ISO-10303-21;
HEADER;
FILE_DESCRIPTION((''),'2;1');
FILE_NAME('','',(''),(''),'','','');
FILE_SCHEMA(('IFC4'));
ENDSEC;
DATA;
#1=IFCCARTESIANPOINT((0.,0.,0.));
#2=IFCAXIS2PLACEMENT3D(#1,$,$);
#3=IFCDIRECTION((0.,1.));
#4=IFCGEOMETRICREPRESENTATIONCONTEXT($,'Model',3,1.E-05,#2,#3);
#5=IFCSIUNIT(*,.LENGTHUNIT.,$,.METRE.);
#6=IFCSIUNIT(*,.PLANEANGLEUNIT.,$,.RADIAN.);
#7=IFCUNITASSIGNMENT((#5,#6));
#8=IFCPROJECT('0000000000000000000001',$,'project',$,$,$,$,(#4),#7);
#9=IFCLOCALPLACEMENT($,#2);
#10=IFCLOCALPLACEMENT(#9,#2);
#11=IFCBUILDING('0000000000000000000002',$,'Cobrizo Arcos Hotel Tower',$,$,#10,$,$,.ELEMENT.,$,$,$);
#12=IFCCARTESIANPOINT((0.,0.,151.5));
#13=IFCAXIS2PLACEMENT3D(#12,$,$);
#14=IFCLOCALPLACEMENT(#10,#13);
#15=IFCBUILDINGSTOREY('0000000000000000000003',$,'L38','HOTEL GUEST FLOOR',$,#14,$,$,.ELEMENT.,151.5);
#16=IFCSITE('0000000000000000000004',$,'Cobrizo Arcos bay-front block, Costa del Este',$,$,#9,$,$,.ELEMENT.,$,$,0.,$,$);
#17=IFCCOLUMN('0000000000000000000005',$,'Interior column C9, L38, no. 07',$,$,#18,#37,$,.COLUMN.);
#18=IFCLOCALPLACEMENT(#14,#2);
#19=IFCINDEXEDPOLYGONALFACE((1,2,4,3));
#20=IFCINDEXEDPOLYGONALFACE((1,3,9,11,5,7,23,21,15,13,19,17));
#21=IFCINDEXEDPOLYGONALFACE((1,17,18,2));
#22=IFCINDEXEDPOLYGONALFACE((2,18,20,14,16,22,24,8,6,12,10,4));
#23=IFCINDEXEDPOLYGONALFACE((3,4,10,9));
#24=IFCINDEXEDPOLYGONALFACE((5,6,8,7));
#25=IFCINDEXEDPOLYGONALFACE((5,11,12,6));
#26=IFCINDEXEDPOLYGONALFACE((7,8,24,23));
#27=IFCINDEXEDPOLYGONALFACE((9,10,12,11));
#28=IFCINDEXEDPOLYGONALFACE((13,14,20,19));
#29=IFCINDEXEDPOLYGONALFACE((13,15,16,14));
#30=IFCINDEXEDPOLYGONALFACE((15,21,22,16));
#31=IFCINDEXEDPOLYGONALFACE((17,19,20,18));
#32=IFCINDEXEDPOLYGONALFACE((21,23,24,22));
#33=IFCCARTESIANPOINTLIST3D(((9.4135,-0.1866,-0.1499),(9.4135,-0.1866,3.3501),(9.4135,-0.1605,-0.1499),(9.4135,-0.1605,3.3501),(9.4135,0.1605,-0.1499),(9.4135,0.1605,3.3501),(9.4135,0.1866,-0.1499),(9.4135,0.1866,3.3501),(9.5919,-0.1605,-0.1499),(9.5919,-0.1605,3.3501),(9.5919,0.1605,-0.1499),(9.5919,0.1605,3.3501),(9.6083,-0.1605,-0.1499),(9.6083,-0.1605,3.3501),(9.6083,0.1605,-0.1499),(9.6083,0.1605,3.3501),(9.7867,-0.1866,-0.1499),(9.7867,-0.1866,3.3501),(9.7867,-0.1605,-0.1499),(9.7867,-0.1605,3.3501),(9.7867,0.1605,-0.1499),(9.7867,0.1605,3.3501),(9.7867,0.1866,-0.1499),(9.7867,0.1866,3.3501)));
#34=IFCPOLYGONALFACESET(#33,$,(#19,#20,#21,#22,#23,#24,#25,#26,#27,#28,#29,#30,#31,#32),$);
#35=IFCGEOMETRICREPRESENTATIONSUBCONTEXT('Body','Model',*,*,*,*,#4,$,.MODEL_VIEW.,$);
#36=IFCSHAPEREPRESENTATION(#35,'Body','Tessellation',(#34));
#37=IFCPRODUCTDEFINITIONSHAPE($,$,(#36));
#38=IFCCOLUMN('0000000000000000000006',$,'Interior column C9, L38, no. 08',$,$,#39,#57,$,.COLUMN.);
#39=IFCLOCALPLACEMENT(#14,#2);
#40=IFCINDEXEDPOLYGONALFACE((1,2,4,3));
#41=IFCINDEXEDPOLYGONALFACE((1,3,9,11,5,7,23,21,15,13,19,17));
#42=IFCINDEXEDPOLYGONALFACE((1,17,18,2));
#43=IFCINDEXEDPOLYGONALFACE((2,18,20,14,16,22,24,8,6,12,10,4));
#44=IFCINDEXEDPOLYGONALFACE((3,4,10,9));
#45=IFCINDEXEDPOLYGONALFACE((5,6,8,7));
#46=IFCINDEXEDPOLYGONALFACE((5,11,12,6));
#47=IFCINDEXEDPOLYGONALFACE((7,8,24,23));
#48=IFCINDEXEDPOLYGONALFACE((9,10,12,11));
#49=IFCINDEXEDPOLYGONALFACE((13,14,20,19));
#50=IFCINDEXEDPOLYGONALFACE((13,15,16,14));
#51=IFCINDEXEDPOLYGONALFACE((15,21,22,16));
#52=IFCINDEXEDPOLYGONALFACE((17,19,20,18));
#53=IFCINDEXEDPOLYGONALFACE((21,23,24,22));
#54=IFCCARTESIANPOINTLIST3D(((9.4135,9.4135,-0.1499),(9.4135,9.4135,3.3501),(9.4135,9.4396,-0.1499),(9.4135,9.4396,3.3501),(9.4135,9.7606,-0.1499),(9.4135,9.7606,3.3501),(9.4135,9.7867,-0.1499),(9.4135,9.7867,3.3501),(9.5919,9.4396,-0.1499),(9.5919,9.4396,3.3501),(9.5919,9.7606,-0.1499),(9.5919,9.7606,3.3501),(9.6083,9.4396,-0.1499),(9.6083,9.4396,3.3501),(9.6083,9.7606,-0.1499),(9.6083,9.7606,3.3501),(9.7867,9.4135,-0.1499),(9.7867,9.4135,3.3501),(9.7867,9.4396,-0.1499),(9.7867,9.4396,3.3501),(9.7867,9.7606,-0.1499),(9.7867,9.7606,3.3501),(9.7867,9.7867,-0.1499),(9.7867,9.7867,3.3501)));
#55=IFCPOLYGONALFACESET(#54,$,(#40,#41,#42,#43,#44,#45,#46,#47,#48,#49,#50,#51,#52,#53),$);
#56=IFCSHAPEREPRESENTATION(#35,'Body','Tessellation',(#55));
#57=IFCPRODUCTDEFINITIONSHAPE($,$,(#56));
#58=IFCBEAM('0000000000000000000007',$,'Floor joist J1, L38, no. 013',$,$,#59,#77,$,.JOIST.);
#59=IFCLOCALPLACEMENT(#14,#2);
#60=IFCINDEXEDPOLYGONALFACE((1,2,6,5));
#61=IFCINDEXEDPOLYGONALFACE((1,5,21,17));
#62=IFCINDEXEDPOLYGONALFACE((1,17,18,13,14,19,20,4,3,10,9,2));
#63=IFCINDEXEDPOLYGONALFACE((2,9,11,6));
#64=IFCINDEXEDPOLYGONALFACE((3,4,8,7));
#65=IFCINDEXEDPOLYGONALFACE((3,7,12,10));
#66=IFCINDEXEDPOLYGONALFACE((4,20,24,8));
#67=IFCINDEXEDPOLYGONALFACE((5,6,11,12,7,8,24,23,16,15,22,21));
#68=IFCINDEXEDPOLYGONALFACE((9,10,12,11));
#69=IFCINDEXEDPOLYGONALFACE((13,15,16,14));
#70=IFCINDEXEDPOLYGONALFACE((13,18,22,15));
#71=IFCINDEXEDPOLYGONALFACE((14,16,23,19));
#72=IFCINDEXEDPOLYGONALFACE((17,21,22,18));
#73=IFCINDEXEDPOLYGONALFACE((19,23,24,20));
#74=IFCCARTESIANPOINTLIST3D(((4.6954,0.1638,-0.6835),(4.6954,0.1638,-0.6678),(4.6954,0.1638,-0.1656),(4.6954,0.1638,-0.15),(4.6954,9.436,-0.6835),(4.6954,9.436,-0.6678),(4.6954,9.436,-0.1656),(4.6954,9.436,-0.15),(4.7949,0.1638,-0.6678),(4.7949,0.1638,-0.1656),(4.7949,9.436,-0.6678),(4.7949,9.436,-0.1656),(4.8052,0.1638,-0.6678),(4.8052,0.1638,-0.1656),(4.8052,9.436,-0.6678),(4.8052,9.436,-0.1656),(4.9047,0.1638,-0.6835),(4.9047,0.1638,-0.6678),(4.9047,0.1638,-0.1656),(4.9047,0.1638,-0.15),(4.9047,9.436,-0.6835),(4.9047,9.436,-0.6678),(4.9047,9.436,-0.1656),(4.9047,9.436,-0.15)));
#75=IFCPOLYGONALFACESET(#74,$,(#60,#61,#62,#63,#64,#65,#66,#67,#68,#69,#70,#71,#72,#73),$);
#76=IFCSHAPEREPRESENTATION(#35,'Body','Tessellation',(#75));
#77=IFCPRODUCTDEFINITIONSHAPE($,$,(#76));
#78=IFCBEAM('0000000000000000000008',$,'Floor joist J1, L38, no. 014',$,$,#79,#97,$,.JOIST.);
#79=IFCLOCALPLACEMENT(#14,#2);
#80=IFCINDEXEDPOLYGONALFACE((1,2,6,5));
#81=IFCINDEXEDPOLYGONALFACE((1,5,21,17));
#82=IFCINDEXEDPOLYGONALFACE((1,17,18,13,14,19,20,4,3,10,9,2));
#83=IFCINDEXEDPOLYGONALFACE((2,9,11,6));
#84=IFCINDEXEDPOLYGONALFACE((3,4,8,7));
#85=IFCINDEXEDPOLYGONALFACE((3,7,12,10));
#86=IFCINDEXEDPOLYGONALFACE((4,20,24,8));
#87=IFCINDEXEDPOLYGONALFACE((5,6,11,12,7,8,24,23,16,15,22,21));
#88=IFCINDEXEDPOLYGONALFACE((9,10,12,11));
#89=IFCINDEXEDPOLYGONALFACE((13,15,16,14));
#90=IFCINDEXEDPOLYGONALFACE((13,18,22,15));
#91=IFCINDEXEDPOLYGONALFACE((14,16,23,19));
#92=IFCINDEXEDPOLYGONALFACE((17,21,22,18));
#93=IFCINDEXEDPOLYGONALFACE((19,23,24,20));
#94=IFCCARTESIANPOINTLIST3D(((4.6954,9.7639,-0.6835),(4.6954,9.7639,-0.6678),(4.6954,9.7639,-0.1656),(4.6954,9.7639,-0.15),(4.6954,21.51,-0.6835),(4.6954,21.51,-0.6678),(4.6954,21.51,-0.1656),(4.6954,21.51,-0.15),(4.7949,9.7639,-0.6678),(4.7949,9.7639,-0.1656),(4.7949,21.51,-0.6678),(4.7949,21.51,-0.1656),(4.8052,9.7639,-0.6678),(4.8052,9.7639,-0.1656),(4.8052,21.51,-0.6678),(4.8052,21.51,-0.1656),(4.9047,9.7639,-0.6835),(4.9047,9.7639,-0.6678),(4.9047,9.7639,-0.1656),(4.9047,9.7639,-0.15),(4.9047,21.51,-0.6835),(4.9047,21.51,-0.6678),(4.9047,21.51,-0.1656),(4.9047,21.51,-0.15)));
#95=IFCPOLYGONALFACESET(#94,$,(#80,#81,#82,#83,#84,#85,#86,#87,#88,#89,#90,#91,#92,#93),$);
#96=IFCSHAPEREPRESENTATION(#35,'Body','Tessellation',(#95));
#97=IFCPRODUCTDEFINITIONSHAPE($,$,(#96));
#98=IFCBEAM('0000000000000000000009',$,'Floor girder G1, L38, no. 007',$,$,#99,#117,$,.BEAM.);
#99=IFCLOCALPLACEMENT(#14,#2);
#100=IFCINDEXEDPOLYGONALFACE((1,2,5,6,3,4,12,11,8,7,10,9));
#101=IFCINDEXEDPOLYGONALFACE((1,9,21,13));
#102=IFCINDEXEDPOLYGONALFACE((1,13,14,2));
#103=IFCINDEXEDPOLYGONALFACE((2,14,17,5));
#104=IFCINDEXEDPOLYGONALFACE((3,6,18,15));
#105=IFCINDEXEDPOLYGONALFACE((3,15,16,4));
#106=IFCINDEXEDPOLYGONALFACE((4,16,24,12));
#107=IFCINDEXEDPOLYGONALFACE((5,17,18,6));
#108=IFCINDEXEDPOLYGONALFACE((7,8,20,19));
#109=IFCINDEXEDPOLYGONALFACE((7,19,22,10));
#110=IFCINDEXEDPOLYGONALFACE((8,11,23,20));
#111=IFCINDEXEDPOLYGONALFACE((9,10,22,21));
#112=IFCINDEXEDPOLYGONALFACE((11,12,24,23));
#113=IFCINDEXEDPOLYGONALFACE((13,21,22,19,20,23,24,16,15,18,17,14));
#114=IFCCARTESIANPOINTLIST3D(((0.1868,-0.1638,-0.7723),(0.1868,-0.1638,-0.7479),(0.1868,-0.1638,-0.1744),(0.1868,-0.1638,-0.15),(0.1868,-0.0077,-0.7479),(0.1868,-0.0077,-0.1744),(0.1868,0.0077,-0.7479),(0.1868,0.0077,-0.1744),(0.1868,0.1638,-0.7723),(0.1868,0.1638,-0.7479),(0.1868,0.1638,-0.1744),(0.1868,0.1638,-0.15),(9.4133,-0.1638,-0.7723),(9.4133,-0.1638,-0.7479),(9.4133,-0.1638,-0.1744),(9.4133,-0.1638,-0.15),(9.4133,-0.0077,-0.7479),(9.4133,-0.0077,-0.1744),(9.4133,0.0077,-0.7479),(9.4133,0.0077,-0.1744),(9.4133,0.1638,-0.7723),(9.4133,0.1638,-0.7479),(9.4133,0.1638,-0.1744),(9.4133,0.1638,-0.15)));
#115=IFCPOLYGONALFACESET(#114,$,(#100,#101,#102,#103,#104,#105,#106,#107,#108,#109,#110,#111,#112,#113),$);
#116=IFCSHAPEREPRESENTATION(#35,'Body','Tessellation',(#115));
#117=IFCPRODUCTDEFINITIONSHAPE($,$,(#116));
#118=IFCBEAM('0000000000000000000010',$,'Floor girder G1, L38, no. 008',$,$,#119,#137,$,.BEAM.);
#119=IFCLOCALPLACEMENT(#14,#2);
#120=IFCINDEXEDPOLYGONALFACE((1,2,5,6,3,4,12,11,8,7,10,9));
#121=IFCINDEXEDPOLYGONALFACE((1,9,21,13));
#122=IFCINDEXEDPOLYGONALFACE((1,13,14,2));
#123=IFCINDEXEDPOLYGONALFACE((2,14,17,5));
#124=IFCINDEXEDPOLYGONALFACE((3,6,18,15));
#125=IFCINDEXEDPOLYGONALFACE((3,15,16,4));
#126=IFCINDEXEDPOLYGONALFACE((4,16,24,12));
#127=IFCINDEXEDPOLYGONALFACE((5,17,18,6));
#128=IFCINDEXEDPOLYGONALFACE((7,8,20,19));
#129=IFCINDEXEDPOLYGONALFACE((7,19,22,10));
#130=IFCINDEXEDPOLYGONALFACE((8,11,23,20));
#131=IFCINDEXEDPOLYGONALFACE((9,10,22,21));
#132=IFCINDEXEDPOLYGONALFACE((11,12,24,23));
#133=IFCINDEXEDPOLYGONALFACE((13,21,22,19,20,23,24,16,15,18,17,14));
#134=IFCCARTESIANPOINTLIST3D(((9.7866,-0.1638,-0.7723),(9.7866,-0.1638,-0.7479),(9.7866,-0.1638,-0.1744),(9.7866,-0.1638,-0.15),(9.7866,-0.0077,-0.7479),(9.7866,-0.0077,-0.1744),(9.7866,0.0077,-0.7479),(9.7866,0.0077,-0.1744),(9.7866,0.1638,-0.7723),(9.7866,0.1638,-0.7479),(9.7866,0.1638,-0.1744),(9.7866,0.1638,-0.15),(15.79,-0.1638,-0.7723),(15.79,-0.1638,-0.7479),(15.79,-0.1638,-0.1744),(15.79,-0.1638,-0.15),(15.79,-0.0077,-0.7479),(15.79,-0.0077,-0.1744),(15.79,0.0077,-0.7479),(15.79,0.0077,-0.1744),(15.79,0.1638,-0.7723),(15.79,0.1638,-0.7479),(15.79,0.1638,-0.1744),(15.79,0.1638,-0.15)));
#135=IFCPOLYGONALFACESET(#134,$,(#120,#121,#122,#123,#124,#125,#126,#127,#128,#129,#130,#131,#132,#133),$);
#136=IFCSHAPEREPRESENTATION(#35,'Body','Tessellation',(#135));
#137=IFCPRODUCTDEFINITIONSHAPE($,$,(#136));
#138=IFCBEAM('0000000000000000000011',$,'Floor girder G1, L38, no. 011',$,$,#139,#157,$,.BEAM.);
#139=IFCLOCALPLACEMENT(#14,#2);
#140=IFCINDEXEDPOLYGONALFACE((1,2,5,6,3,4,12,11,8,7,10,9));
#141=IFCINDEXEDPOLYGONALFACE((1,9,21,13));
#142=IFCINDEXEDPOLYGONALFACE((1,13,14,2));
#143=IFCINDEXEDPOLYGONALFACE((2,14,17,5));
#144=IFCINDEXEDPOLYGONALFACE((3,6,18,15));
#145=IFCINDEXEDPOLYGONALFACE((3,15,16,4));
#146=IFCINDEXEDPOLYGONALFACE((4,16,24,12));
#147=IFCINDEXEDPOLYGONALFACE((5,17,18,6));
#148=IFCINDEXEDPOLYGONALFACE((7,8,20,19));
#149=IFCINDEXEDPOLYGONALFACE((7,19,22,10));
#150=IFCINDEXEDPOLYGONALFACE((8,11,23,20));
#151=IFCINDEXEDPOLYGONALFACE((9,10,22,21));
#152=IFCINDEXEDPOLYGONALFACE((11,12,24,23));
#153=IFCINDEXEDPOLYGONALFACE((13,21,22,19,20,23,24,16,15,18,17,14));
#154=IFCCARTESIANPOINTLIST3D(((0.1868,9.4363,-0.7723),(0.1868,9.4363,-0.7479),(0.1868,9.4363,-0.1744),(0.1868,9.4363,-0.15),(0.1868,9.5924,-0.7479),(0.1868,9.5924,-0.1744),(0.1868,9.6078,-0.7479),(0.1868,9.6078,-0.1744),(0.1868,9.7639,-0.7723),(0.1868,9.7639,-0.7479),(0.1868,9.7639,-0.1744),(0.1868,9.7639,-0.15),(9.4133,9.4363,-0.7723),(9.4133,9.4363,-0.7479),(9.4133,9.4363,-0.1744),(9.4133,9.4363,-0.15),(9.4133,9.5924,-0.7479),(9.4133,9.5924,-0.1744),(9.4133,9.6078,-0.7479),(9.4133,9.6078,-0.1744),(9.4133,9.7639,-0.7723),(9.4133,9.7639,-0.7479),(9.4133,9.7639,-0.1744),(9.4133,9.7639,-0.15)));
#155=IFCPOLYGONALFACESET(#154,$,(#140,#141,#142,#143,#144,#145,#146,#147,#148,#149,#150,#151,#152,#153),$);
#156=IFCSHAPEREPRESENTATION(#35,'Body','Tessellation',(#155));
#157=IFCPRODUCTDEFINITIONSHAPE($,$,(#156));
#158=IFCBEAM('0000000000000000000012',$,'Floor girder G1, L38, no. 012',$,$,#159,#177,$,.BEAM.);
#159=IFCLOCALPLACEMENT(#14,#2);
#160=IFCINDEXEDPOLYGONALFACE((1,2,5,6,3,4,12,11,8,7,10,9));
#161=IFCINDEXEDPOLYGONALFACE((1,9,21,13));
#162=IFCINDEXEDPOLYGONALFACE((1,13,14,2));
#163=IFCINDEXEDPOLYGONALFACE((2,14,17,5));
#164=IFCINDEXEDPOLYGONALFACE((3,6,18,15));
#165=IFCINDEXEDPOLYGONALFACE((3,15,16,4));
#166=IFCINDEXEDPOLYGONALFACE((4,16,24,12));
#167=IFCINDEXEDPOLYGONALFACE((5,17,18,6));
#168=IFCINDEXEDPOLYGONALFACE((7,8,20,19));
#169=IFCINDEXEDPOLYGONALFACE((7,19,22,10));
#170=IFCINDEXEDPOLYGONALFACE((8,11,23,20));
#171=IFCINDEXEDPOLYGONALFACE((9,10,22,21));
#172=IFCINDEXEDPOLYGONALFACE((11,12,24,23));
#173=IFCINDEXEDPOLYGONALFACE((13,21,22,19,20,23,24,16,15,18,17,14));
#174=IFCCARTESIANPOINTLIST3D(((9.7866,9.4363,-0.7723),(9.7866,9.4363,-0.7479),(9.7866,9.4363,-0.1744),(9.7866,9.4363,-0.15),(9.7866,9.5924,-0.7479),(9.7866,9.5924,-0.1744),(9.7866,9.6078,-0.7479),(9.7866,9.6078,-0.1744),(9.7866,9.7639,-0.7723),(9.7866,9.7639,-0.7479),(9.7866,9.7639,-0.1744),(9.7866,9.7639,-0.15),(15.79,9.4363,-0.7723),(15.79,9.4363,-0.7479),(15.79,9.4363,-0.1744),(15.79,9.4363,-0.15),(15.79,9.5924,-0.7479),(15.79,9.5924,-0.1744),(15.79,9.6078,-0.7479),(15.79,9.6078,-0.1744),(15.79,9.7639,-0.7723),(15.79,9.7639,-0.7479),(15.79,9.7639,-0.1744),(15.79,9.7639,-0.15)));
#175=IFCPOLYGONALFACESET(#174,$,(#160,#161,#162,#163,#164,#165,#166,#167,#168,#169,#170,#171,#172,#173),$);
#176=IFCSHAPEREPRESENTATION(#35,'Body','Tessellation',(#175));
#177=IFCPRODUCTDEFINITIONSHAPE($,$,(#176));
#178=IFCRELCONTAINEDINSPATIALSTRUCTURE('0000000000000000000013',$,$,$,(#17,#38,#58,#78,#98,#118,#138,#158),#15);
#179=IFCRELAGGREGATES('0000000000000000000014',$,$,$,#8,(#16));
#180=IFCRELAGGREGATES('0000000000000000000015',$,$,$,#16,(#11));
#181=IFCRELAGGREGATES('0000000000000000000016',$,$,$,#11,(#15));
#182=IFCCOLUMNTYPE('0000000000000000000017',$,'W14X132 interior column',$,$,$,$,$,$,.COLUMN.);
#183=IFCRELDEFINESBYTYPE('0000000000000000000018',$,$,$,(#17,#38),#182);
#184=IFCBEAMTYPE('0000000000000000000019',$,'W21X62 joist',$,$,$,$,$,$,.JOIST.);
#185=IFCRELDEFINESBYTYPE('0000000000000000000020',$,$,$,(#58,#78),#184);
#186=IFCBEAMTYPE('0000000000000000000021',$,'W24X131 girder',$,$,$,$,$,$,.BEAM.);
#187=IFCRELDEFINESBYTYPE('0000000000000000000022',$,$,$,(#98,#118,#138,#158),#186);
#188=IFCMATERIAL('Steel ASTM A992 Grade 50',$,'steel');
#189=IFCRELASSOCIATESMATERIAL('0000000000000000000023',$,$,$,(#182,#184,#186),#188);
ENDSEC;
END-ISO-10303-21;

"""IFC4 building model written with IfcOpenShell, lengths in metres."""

from ifc_helpers import new_model, si_unit, direction, frame, origin, origin_2d, place, context, subcontext, project, spatial, i_section, extrude, material, material_profile, profile_set, type_object, element, save


model = new_model("IFC4")

# Units and contexts
model_context = context("Model", 3, precision=1e-05, world=origin(), true_north=direction((0.0, 1.0)))
body_context = subcontext(model_context, "Body", "Model", "MODEL_VIEW")
ifc_project = project(units=[si_unit("LENGTHUNIT", "METRE"), si_unit("PLANEANGLEUNIT", "RADIAN")], contexts=[model_context])

# Site, building, storey
site_placement = place(None, origin())
site = spatial("IfcSite", under=ifc_project, at=site_placement, Name="Cobrizo Arcos bay-front block, Costa del Este", CompositionType="ELEMENT", RefElevation=0.0)
building_placement = place(site_placement, origin())
building = spatial("IfcBuilding", under=site, at=building_placement, Name="Cobrizo Arcos Hotel Tower", CompositionType="ELEMENT")
storey_placement = place(building_placement, frame((0.0, 0.0, 151.5)))
storey = spatial("IfcBuildingStorey", under=building, at=storey_placement, Name="L38", Description="HOTEL GUEST FLOOR", CompositionType="ELEMENT", Elevation=151.5)

# Columns
ifc_material_1 = material(Name="Steel ASTM A992 Grade 50", Category="steel")
ifc_material_profile_1 = material_profile(ifc_material_1, i_section(OverallWidth=0.3733, OverallDepth=0.3733, WebThickness=0.0164, FlangeThickness=0.0261, at=origin_2d()), Name="W14X132")
ifc_profile_set_1 = profile_set([ifc_material_profile_1], Name="Steel ASTM A992 Grade 50")
column_type = type_object("IfcColumnType", Name="W14X132 interior column", PredefinedType="COLUMN", material=ifc_profile_set_1)
for number, where, z_axis, x_axis, name in (
    (1, (9.6001, 0.0, -0.1499), (0.0, 0.0, 1.0), (1.0, 0.0, 0.0), "Interior column C9, L38, no. 07"),
    (2, (9.6001, 9.6001, -0.1499), (0.0, 0.0, 1.0), (1.0, 0.0, 0.0), "Interior column C9, L38, no. 08"),
):
    element("IfcColumn", number, at=place(storey_placement, frame(where, z_axis=z_axis, x_axis=x_axis)), inside=storey, type_object=column_type, Name=name, PredefinedType="COLUMN", context=body_context, shape_type="SweptSolid", body=[
        extrude(i_section(OverallWidth=0.3733, OverallDepth=0.3733, WebThickness=0.0164, FlangeThickness=0.0261, at=origin_2d()), origin(), (0.0, 0.0, 1.0), 3.5),
    ])

# Beams
ifc_material_profile_2 = material_profile(ifc_material_1, i_section(OverallWidth=0.2092, OverallDepth=0.5334, WebThickness=0.0103, FlangeThickness=0.0156, at=origin_2d()), Name="W21X62")
ifc_profile_set_2 = profile_set([ifc_material_profile_2], Name="Steel ASTM A992 Grade 50")
beam_type_1 = type_object("IfcBeamType", Name="W21X62 joist", PredefinedType="JOIST", material=ifc_profile_set_2)
beam_1_placement = place(storey_placement, frame((4.8, 0.1638, -0.4167), z_axis=(0.0, 1.0, 0.0), x_axis=(-1.0, 0.0, 0.0)))
element("IfcBeam", 3, at=beam_1_placement, inside=storey, type_object=beam_type_1, Name="Floor joist J1, L38, no. 013", PredefinedType="JOIST", context=body_context, shape_type="SweptSolid", body=[
    extrude(i_section(OverallWidth=0.2092, OverallDepth=0.5334, WebThickness=0.0103, FlangeThickness=0.0156, at=origin_2d()), origin(), (0.0, 0.0, 1.0), 9.2722),
])
beam_2_placement = place(storey_placement, frame((4.8, 9.7639, -0.4167), z_axis=(0.0, 1.0, 0.0), x_axis=(-1.0, 0.0, 0.0)))
element("IfcBeam", 4, at=beam_2_placement, inside=storey, type_object=beam_type_1, Name="Floor joist J1, L38, no. 014", PredefinedType="JOIST", context=body_context, shape_type="SweptSolid", body=[
    extrude(i_section(OverallWidth=0.2092, OverallDepth=0.5334, WebThickness=0.0103, FlangeThickness=0.0156, at=origin_2d()), origin(), (0.0, 0.0, 1.0), 11.7461),
])
ifc_material_profile_3 = material_profile(ifc_material_1, i_section(OverallWidth=0.3276, OverallDepth=0.6223, WebThickness=0.0154, FlangeThickness=0.0244, at=origin_2d()), Name="W24X131")
ifc_profile_set_3 = profile_set([ifc_material_profile_3], Name="Steel ASTM A992 Grade 50")
beam_type_2 = type_object("IfcBeamType", Name="W24X131 girder", PredefinedType="BEAM", material=ifc_profile_set_3)
beam_3_placement = place(storey_placement, frame((0.1868, 0.0, -0.4612), z_axis=(1.0, 0.0, 0.0), x_axis=(0.0, 1.0, 0.0)))
element("IfcBeam", 5, at=beam_3_placement, inside=storey, type_object=beam_type_2, Name="Floor girder G1, L38, no. 007", PredefinedType="BEAM", context=body_context, shape_type="SweptSolid", body=[
    extrude(i_section(OverallWidth=0.3276, OverallDepth=0.6223, WebThickness=0.0154, FlangeThickness=0.0244, at=origin_2d()), origin(), (0.0, 0.0, 1.0), 9.2266),
])
beam_4_placement = place(storey_placement, frame((9.7866, 0.0, -0.4612), z_axis=(1.0, 0.0, 0.0), x_axis=(0.0, 1.0, 0.0)))
element("IfcBeam", 6, at=beam_4_placement, inside=storey, type_object=beam_type_2, Name="Floor girder G1, L38, no. 008", PredefinedType="BEAM", context=body_context, shape_type="SweptSolid", body=[
    extrude(i_section(OverallWidth=0.3276, OverallDepth=0.6223, WebThickness=0.0154, FlangeThickness=0.0244, at=origin_2d()), origin(), (0.0, 0.0, 1.0), 6.0034),
])
beam_5_placement = place(storey_placement, frame((0.1868, 9.6001, -0.4612), z_axis=(1.0, 0.0, 0.0), x_axis=(0.0, 1.0, 0.0)))
element("IfcBeam", 7, at=beam_5_placement, inside=storey, type_object=beam_type_2, Name="Floor girder G1, L38, no. 011", PredefinedType="BEAM", context=body_context, shape_type="SweptSolid", body=[
    extrude(i_section(OverallWidth=0.3276, OverallDepth=0.6223, WebThickness=0.0154, FlangeThickness=0.0244, at=origin_2d()), origin(), (0.0, 0.0, 1.0), 9.2266),
])
beam_6_placement = place(storey_placement, frame((9.7866, 9.6001, -0.4612), z_axis=(1.0, 0.0, 0.0), x_axis=(0.0, 1.0, 0.0)))
element("IfcBeam", 8, at=beam_6_placement, inside=storey, type_object=beam_type_2, Name="Floor girder G1, L38, no. 012", PredefinedType="BEAM", context=body_context, shape_type="SweptSolid", body=[
    extrude(i_section(OverallWidth=0.3276, OverallDepth=0.6223, WebThickness=0.0154, FlangeThickness=0.0244, at=origin_2d()), origin(), (0.0, 0.0, 1.0), 6.0034),
])

save(model, "model.ifc")
